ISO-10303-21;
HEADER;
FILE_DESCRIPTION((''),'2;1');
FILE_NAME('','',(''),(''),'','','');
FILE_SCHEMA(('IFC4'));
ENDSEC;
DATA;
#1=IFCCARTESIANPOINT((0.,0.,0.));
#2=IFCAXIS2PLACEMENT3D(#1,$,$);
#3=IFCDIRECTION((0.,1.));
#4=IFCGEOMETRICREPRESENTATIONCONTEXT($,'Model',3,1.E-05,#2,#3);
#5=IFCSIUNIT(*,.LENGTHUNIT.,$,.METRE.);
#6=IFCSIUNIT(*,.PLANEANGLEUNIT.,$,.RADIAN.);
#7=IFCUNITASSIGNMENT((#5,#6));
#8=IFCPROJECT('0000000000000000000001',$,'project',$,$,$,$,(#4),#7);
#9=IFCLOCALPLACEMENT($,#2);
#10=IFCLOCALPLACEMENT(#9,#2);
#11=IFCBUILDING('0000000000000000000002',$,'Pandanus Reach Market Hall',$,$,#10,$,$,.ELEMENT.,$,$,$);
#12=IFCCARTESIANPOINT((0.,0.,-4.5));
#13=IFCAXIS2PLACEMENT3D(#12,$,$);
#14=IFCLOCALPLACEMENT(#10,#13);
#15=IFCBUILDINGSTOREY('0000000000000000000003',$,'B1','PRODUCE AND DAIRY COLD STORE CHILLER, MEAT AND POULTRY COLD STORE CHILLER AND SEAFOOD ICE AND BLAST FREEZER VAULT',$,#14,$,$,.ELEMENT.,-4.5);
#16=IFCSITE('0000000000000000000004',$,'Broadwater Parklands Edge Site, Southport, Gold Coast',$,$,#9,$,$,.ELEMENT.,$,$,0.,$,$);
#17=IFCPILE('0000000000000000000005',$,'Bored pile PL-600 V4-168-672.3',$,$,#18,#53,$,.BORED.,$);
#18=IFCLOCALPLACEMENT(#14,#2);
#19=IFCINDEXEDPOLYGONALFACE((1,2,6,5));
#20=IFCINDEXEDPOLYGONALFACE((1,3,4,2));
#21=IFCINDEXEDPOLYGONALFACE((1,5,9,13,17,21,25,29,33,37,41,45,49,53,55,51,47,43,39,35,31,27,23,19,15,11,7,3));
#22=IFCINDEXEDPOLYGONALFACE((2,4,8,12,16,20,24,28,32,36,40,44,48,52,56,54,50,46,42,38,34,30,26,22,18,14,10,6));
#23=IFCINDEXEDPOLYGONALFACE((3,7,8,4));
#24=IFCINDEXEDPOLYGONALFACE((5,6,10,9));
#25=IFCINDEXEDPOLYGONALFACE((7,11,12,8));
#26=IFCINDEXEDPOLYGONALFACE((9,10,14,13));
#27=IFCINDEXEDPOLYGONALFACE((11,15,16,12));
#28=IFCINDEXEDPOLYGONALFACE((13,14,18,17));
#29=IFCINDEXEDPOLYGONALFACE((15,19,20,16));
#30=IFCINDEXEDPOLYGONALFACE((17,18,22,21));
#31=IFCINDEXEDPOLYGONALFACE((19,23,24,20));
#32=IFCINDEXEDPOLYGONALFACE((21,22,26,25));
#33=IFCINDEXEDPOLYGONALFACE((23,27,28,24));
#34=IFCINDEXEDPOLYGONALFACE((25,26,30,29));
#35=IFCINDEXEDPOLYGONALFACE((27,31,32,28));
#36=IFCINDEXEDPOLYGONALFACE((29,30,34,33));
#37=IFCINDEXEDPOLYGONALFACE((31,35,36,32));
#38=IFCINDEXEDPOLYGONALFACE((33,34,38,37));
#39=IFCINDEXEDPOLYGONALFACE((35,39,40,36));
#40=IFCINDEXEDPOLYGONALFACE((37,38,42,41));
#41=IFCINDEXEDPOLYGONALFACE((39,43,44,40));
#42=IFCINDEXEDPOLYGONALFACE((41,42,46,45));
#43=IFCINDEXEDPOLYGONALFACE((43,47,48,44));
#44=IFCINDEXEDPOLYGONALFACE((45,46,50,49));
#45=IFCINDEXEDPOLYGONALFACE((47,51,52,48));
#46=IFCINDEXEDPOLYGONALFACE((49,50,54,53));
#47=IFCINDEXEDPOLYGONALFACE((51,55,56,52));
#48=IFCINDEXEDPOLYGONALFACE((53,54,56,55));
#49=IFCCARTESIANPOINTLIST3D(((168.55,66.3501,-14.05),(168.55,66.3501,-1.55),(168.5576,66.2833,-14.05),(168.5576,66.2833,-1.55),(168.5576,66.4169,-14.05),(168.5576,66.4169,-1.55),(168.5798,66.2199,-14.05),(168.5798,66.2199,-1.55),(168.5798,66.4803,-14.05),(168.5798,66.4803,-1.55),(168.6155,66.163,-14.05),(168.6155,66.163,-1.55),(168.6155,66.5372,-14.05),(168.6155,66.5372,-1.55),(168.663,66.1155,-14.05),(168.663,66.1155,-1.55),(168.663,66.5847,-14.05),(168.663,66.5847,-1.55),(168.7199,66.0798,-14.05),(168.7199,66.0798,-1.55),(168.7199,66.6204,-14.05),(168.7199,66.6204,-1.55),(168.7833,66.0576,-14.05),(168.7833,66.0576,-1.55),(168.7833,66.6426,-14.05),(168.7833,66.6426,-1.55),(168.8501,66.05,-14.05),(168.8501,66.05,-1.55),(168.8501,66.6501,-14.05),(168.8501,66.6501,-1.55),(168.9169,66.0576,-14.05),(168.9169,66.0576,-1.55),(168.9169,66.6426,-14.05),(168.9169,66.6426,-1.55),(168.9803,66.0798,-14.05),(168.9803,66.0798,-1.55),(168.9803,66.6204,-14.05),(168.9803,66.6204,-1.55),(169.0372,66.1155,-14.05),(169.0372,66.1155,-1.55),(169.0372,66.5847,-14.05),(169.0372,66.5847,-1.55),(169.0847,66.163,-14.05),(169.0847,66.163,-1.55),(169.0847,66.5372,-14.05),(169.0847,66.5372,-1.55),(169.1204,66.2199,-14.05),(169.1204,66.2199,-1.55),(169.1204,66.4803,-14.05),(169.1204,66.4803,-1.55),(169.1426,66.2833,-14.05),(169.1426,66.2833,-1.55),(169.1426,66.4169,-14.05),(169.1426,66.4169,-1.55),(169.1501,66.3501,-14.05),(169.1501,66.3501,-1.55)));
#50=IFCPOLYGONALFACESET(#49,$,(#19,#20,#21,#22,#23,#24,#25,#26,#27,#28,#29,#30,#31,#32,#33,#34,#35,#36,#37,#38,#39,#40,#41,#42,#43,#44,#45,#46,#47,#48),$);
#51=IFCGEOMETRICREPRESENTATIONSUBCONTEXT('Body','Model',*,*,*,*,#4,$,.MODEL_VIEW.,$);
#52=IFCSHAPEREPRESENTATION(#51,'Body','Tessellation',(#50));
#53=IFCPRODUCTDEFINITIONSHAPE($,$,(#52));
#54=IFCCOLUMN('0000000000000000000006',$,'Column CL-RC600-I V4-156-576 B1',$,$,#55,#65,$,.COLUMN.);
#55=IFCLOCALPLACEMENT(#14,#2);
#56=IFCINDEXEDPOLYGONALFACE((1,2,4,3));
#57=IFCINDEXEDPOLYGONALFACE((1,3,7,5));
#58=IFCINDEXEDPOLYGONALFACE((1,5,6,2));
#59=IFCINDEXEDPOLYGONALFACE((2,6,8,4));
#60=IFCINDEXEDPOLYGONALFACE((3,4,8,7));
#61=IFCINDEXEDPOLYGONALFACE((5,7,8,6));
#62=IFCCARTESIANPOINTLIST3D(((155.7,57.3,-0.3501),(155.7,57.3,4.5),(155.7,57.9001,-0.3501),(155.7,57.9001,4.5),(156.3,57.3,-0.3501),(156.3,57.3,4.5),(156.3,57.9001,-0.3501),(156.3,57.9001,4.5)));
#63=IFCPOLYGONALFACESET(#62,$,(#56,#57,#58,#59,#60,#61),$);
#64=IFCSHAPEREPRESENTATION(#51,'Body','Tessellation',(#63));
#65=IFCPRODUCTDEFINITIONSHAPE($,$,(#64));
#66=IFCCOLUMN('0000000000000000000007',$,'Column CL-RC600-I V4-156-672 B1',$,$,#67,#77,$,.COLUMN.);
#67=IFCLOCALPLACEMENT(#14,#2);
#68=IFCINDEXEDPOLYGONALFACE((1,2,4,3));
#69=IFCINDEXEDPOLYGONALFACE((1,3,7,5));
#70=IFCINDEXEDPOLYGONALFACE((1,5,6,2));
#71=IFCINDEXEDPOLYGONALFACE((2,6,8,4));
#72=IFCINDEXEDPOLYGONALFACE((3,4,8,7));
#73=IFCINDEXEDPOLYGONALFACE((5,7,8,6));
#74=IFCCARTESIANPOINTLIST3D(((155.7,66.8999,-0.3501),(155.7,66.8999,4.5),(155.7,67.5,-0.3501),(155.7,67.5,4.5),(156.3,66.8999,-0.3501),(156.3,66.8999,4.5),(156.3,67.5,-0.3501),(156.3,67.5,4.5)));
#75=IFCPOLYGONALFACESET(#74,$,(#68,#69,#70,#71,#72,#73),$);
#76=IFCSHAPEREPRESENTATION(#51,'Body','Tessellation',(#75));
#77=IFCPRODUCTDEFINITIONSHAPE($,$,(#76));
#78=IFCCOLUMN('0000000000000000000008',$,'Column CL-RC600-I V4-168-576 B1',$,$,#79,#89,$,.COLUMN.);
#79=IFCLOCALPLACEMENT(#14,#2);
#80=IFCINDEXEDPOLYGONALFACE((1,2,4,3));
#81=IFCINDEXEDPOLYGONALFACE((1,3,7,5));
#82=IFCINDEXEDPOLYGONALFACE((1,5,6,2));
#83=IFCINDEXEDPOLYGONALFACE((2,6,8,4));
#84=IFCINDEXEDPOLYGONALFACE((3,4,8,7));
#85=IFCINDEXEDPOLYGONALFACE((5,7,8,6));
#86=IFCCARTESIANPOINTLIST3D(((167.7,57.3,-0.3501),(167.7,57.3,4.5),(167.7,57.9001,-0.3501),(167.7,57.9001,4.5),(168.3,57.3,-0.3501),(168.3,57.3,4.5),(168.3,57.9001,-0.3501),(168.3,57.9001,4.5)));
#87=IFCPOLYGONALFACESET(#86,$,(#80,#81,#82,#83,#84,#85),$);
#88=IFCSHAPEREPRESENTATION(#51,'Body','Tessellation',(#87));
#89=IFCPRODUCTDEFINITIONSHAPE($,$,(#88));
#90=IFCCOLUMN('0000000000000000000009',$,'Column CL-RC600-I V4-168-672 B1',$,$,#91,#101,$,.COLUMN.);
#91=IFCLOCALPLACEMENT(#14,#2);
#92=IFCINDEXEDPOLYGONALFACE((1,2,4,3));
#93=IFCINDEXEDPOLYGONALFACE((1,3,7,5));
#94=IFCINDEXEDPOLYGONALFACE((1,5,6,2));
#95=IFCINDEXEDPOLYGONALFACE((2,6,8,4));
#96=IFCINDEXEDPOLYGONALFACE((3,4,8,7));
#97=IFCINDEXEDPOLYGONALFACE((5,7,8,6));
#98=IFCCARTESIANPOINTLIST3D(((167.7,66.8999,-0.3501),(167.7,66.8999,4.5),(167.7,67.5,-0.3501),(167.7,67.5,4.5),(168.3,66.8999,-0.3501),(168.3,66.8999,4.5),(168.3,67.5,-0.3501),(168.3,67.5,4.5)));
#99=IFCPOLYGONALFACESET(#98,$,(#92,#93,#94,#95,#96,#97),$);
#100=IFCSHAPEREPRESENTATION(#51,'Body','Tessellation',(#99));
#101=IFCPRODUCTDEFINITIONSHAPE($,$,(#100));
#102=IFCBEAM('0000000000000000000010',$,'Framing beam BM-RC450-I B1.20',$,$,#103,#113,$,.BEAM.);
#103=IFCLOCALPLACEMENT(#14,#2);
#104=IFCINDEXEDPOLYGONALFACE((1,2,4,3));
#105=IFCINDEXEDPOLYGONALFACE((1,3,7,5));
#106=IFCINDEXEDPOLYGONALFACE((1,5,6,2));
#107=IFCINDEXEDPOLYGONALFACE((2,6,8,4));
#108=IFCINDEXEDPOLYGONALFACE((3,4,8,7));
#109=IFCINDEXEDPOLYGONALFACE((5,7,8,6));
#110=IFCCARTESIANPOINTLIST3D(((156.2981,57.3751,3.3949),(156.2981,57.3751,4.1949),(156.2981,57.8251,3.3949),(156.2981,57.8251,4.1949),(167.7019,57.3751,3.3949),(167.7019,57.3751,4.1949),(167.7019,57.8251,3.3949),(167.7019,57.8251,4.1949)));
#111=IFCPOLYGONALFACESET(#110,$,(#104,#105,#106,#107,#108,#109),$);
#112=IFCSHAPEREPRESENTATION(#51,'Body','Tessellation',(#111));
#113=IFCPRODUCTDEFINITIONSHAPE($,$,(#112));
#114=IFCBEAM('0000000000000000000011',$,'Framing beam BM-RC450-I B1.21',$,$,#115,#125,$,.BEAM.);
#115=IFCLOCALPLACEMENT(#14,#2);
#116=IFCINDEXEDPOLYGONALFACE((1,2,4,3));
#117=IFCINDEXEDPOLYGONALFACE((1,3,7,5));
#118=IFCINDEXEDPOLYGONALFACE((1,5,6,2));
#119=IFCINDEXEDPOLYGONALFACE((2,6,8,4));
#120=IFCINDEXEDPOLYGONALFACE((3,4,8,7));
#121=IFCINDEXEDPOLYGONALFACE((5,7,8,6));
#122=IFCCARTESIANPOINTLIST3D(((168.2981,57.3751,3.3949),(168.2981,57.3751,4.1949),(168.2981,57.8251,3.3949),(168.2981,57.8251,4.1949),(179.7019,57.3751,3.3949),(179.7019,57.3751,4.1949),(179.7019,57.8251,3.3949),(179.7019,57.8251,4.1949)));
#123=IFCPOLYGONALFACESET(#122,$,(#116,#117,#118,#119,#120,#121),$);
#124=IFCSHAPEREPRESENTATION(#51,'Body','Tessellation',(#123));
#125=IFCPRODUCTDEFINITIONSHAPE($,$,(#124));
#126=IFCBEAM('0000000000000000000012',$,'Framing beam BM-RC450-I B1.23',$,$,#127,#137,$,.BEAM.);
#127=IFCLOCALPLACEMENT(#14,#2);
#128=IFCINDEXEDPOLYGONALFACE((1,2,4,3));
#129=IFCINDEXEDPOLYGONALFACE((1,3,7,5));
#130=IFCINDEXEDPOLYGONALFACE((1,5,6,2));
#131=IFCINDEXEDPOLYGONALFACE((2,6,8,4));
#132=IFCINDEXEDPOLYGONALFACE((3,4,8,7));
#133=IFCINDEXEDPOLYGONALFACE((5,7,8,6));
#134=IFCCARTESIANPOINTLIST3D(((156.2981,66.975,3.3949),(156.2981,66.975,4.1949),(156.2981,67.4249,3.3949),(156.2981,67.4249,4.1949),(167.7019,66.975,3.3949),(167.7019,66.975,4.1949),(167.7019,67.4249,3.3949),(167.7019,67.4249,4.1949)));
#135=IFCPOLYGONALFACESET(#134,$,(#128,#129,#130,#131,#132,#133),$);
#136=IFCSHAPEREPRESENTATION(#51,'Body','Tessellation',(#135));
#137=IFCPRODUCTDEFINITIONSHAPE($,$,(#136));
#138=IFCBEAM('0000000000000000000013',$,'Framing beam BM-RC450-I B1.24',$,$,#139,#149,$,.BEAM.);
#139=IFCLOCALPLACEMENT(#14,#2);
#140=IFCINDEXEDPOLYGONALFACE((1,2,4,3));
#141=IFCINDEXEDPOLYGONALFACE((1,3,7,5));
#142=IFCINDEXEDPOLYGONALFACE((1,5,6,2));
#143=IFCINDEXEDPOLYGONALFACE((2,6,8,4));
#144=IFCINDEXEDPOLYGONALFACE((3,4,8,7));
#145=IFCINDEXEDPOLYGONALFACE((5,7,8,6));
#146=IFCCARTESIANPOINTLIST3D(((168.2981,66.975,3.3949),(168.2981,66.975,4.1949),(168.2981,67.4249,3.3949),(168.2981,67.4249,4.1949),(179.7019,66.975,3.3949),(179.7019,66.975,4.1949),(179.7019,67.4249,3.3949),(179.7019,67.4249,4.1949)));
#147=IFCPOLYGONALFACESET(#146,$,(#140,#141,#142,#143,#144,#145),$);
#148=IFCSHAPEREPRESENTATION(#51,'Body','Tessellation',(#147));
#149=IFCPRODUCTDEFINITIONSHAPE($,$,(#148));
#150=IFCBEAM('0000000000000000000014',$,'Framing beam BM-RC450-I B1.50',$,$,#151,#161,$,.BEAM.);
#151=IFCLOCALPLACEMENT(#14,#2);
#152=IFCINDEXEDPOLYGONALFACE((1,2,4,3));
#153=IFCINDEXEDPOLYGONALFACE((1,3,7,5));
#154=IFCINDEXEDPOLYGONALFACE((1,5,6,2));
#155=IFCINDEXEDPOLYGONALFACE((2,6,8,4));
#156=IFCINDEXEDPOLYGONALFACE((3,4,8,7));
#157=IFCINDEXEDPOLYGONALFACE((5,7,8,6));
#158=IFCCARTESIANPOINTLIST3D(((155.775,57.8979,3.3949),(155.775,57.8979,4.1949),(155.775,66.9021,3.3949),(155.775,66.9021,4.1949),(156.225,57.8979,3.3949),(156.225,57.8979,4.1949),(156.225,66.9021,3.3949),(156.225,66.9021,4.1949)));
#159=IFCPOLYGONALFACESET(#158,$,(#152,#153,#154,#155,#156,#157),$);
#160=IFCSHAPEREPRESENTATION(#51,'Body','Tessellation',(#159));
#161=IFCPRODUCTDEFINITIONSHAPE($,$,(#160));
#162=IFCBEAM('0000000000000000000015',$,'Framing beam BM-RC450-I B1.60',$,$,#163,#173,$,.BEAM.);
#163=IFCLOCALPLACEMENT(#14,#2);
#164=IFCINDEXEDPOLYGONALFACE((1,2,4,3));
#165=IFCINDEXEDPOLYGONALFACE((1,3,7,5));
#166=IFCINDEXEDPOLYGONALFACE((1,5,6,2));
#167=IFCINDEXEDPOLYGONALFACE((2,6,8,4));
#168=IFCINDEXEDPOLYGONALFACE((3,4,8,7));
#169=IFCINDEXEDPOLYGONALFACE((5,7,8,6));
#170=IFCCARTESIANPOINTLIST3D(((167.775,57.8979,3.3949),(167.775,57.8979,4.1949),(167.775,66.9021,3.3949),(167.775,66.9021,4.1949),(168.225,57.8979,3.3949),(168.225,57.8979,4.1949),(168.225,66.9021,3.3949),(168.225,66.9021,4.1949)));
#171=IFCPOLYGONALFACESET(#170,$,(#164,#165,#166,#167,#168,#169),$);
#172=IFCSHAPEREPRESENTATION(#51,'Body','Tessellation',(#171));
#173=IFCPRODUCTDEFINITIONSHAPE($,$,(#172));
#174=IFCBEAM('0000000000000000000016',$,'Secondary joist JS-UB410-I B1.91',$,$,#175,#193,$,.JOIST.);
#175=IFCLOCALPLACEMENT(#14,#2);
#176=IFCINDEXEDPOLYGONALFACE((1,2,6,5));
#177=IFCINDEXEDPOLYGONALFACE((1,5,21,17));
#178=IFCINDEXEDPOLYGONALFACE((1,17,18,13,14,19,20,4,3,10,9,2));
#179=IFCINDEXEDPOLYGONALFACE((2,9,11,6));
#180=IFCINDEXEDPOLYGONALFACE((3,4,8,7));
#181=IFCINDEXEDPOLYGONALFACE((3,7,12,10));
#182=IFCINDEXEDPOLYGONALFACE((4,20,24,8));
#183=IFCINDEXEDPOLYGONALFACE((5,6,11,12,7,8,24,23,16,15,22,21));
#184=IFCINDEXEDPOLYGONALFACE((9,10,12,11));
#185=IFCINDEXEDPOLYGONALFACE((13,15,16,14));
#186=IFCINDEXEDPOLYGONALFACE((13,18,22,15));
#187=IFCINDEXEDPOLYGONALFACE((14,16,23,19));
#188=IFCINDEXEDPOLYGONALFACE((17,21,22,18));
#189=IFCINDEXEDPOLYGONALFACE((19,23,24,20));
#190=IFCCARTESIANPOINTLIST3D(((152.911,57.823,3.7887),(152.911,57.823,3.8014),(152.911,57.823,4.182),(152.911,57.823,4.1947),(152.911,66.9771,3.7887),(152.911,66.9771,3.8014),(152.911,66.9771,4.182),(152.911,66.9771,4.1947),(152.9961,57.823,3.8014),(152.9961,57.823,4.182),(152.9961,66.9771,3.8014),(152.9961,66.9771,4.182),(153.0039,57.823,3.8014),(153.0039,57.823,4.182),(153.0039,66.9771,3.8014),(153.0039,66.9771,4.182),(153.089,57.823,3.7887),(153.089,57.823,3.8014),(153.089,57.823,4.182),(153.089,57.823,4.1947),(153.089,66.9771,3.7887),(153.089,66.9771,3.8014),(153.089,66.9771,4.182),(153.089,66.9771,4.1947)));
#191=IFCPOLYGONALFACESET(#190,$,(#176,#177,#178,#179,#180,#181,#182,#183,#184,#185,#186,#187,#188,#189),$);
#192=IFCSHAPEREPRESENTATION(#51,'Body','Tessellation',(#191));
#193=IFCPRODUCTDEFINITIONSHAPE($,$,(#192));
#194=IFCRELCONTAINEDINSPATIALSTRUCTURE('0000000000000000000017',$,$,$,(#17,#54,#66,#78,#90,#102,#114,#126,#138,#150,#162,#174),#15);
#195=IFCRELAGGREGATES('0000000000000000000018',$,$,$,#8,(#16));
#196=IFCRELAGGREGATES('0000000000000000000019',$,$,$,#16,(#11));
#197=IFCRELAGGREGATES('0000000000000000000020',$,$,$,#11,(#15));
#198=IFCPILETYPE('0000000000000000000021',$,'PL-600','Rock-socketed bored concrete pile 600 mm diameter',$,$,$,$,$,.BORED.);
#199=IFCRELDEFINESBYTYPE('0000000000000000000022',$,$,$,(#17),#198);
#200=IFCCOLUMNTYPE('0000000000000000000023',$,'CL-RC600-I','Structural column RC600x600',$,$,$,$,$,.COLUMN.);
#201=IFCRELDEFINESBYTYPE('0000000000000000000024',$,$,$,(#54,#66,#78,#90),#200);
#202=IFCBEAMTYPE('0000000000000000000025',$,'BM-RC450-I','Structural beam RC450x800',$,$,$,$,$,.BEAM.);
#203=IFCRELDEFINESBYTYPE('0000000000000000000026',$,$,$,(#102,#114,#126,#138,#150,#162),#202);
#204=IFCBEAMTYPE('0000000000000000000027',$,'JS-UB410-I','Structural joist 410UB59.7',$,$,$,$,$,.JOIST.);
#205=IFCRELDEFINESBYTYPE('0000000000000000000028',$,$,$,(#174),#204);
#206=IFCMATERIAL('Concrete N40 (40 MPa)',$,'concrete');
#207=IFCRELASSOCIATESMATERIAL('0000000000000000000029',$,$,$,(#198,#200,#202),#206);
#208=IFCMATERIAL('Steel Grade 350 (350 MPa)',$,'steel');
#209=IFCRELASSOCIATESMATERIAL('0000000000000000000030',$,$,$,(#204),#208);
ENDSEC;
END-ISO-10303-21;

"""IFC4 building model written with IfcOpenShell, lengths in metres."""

from ifc_helpers import new_model, si_unit, direction, frame, origin, origin_2d, place, context, subcontext, project, spatial, rectangle, circle, i_section, extrude, material, material_profile, profile_set, type_object, element, save


model = new_model("IFC4")

# Units and contexts
model_context = context("Model", 3, precision=1e-05, world=origin(), true_north=direction((0.0, 1.0)))
body_context = subcontext(model_context, "Body", "Model", "MODEL_VIEW")
ifc_project = project(units=[si_unit("LENGTHUNIT", "METRE"), si_unit("PLANEANGLEUNIT", "RADIAN")], contexts=[model_context])

# Site, building, storey
site_placement = place(None, origin())
site = spatial("IfcSite", under=ifc_project, at=site_placement, Name="Broadwater Parklands Edge Site, Southport, Gold Coast", CompositionType="ELEMENT", RefElevation=0.0)
building_placement = place(site_placement, origin())
building = spatial("IfcBuilding", under=site, at=building_placement, Name="Pandanus Reach Market Hall", CompositionType="ELEMENT")
storey_placement = place(building_placement, frame((0.0, 0.0, -4.5)))
storey = spatial("IfcBuildingStorey", under=building, at=storey_placement, Name="B1", Description="PRODUCE AND DAIRY COLD STORE CHILLER, MEAT AND POULTRY COLD STORE CHILLER AND SEAFOOD ICE AND BLAST FREEZER VAULT", CompositionType="ELEMENT", Elevation=-4.5)

# Shared definitions
ifc_material_1 = material(Name="Concrete N40 (40 MPa)", Category="concrete")

# Pile
ifc_material_profile_1 = material_profile(ifc_material_1, circle(Radius=0.3, at=origin_2d()), Name="PILE-600D", Category="LoadBearing")
ifc_profile_set_1 = profile_set([ifc_material_profile_1], Name="Concrete N40 (40 MPa)")
pile_type_1 = type_object("IfcPileType", Name="PL-600", Description="Rock-socketed bored concrete pile 600 mm diameter", PredefinedType="BORED", material=ifc_profile_set_1)
for number, where, z_axis, x_axis, name in (
    (1, (168.8501, 66.3501, -1.55), (0.0, 0.0, -1.0), (1.0, 0.0, 0.0), "Bored pile PL-600 V4-168-672.3"),
):
    element("IfcPile", number, at=place(storey_placement, frame(where, z_axis=z_axis, x_axis=x_axis)), inside=storey, type_object=pile_type_1, Name=name, PredefinedType="BORED", context=body_context, shape_type="SweptSolid", body=[
        extrude(circle(Radius=0.3, at=origin_2d()), origin(), (0.0, 0.0, 1.0), 12.5),
    ])

# Columns
ifc_material_profile_2 = material_profile(ifc_material_1, rectangle(XDim=0.6001, YDim=0.6001, at=origin_2d()), Name="RC600x600", Category="LoadBearing")
ifc_profile_set_2 = profile_set([ifc_material_profile_2], Name="Concrete N40 (40 MPa)")
column_type = type_object("IfcColumnType", Name="CL-RC600-I", Description="Structural column RC600x600", PredefinedType="COLUMN", material=ifc_profile_set_2)
for number, where, z_axis, x_axis, name in (
    (2, (156.0, 57.6001, -0.3501), (0.0, 0.0, 1.0), (1.0, 0.0, 0.0), "Column CL-RC600-I V4-156-576 B1"),
    (3, (156.0, 67.2, -0.3501), (0.0, 0.0, 1.0), (1.0, 0.0, 0.0), "Column CL-RC600-I V4-156-672 B1"),
    (4, (168.0, 57.6001, -0.3501), (0.0, 0.0, 1.0), (1.0, 0.0, 0.0), "Column CL-RC600-I V4-168-576 B1"),
    (5, (168.0, 67.2, -0.3501), (0.0, 0.0, 1.0), (1.0, 0.0, 0.0), "Column CL-RC600-I V4-168-672 B1"),
):
    element("IfcColumn", number, at=place(storey_placement, frame(where, z_axis=z_axis, x_axis=x_axis)), inside=storey, type_object=column_type, Name=name, PredefinedType="COLUMN", context=body_context, shape_type="SweptSolid", body=[
        extrude(rectangle(XDim=0.6001, YDim=0.6001, at=origin_2d()), origin(), (0.0, 0.0, 1.0), 4.8501),
    ])

# Beams
ifc_material_profile_3 = material_profile(ifc_material_1, rectangle(XDim=0.45, YDim=0.8, at=origin_2d()), Name="RC450x800", Category="LoadBearing")
ifc_profile_set_3 = profile_set([ifc_material_profile_3], Name="Concrete N40 (40 MPa)")
beam_type_1 = type_object("IfcBeamType", Name="BM-RC450-I", Description="Structural beam RC450x800", PredefinedType="BEAM", material=ifc_profile_set_3)
for number, where, z_axis, x_axis, name in (
    (6, (156.2981, 57.6001, 3.7949), (1.0, 0.0, 0.0), (0.0, 1.0, 0.0), "Framing beam BM-RC450-I B1.20"),
    (7, (168.2981, 57.6001, 3.7949), (1.0, 0.0, 0.0), (0.0, 1.0, 0.0), "Framing beam BM-RC450-I B1.21"),
    (8, (156.2981, 67.2, 3.7949), (1.0, 0.0, 0.0), (0.0, 1.0, 0.0), "Framing beam BM-RC450-I B1.23"),
    (9, (168.2981, 67.2, 3.7949), (1.0, 0.0, 0.0), (0.0, 1.0, 0.0), "Framing beam BM-RC450-I B1.24"),
):
    element("IfcBeam", number, at=place(storey_placement, frame(where, z_axis=z_axis, x_axis=x_axis)), inside=storey, type_object=beam_type_1, Name=name, PredefinedType="BEAM", context=body_context, shape_type="SweptSolid", body=[
        extrude(rectangle(XDim=0.45, YDim=0.8, at=origin_2d()), origin(), (0.0, 0.0, 1.0), 11.4038),
    ])
for number, where, z_axis, x_axis, name in (
    (10, (156.0, 57.8979, 3.7949), (0.0, 1.0, 0.0), (-1.0, 0.0, 0.0), "Framing beam BM-RC450-I B1.50"),
    (11, (168.0, 57.8979, 3.7949), (0.0, 1.0, 0.0), (-1.0, 0.0, 0.0), "Framing beam BM-RC450-I B1.60"),
):
    element("IfcBeam", number, at=place(storey_placement, frame(where, z_axis=z_axis, x_axis=x_axis)), inside=storey, type_object=beam_type_1, Name=name, PredefinedType="BEAM", context=body_context, shape_type="SweptSolid", body=[
        extrude(rectangle(XDim=0.45, YDim=0.8, at=origin_2d()), origin(), (0.0, 0.0, 1.0), 9.0042),
    ])
ifc_material_2 = material(Name="Steel Grade 350 (350 MPa)", Category="steel")
ifc_material_profile_4 = material_profile(ifc_material_2, i_section(OverallWidth=0.178, OverallDepth=0.406, WebThickness=0.0078, FlangeThickness=0.0127, at=origin_2d()), Name="410UB59.7", Category="LoadBearing")
ifc_profile_set_4 = profile_set([ifc_material_profile_4], Name="Steel Grade 350 (350 MPa)")
beam_type_2 = type_object("IfcBeamType", Name="JS-UB410-I", Description="Structural joist 410UB59.7", PredefinedType="JOIST", material=ifc_profile_set_4)
beam_1_placement = place(storey_placement, frame((153.0, 57.823, 3.9917), z_axis=(0.0, 1.0, 0.0), x_axis=(-1.0, 0.0, 0.0)))
element("IfcBeam", 12, at=beam_1_placement, inside=storey, type_object=beam_type_2, Name="Secondary joist JS-UB410-I B1.91", PredefinedType="JOIST", context=body_context, shape_type="SweptSolid", body=[
    extrude(i_section(OverallWidth=0.178, OverallDepth=0.406, WebThickness=0.0078, FlangeThickness=0.0127, at=origin_2d()), origin(), (0.0, 0.0, 1.0), 9.1541),
])

save(model, "model.ifc")
